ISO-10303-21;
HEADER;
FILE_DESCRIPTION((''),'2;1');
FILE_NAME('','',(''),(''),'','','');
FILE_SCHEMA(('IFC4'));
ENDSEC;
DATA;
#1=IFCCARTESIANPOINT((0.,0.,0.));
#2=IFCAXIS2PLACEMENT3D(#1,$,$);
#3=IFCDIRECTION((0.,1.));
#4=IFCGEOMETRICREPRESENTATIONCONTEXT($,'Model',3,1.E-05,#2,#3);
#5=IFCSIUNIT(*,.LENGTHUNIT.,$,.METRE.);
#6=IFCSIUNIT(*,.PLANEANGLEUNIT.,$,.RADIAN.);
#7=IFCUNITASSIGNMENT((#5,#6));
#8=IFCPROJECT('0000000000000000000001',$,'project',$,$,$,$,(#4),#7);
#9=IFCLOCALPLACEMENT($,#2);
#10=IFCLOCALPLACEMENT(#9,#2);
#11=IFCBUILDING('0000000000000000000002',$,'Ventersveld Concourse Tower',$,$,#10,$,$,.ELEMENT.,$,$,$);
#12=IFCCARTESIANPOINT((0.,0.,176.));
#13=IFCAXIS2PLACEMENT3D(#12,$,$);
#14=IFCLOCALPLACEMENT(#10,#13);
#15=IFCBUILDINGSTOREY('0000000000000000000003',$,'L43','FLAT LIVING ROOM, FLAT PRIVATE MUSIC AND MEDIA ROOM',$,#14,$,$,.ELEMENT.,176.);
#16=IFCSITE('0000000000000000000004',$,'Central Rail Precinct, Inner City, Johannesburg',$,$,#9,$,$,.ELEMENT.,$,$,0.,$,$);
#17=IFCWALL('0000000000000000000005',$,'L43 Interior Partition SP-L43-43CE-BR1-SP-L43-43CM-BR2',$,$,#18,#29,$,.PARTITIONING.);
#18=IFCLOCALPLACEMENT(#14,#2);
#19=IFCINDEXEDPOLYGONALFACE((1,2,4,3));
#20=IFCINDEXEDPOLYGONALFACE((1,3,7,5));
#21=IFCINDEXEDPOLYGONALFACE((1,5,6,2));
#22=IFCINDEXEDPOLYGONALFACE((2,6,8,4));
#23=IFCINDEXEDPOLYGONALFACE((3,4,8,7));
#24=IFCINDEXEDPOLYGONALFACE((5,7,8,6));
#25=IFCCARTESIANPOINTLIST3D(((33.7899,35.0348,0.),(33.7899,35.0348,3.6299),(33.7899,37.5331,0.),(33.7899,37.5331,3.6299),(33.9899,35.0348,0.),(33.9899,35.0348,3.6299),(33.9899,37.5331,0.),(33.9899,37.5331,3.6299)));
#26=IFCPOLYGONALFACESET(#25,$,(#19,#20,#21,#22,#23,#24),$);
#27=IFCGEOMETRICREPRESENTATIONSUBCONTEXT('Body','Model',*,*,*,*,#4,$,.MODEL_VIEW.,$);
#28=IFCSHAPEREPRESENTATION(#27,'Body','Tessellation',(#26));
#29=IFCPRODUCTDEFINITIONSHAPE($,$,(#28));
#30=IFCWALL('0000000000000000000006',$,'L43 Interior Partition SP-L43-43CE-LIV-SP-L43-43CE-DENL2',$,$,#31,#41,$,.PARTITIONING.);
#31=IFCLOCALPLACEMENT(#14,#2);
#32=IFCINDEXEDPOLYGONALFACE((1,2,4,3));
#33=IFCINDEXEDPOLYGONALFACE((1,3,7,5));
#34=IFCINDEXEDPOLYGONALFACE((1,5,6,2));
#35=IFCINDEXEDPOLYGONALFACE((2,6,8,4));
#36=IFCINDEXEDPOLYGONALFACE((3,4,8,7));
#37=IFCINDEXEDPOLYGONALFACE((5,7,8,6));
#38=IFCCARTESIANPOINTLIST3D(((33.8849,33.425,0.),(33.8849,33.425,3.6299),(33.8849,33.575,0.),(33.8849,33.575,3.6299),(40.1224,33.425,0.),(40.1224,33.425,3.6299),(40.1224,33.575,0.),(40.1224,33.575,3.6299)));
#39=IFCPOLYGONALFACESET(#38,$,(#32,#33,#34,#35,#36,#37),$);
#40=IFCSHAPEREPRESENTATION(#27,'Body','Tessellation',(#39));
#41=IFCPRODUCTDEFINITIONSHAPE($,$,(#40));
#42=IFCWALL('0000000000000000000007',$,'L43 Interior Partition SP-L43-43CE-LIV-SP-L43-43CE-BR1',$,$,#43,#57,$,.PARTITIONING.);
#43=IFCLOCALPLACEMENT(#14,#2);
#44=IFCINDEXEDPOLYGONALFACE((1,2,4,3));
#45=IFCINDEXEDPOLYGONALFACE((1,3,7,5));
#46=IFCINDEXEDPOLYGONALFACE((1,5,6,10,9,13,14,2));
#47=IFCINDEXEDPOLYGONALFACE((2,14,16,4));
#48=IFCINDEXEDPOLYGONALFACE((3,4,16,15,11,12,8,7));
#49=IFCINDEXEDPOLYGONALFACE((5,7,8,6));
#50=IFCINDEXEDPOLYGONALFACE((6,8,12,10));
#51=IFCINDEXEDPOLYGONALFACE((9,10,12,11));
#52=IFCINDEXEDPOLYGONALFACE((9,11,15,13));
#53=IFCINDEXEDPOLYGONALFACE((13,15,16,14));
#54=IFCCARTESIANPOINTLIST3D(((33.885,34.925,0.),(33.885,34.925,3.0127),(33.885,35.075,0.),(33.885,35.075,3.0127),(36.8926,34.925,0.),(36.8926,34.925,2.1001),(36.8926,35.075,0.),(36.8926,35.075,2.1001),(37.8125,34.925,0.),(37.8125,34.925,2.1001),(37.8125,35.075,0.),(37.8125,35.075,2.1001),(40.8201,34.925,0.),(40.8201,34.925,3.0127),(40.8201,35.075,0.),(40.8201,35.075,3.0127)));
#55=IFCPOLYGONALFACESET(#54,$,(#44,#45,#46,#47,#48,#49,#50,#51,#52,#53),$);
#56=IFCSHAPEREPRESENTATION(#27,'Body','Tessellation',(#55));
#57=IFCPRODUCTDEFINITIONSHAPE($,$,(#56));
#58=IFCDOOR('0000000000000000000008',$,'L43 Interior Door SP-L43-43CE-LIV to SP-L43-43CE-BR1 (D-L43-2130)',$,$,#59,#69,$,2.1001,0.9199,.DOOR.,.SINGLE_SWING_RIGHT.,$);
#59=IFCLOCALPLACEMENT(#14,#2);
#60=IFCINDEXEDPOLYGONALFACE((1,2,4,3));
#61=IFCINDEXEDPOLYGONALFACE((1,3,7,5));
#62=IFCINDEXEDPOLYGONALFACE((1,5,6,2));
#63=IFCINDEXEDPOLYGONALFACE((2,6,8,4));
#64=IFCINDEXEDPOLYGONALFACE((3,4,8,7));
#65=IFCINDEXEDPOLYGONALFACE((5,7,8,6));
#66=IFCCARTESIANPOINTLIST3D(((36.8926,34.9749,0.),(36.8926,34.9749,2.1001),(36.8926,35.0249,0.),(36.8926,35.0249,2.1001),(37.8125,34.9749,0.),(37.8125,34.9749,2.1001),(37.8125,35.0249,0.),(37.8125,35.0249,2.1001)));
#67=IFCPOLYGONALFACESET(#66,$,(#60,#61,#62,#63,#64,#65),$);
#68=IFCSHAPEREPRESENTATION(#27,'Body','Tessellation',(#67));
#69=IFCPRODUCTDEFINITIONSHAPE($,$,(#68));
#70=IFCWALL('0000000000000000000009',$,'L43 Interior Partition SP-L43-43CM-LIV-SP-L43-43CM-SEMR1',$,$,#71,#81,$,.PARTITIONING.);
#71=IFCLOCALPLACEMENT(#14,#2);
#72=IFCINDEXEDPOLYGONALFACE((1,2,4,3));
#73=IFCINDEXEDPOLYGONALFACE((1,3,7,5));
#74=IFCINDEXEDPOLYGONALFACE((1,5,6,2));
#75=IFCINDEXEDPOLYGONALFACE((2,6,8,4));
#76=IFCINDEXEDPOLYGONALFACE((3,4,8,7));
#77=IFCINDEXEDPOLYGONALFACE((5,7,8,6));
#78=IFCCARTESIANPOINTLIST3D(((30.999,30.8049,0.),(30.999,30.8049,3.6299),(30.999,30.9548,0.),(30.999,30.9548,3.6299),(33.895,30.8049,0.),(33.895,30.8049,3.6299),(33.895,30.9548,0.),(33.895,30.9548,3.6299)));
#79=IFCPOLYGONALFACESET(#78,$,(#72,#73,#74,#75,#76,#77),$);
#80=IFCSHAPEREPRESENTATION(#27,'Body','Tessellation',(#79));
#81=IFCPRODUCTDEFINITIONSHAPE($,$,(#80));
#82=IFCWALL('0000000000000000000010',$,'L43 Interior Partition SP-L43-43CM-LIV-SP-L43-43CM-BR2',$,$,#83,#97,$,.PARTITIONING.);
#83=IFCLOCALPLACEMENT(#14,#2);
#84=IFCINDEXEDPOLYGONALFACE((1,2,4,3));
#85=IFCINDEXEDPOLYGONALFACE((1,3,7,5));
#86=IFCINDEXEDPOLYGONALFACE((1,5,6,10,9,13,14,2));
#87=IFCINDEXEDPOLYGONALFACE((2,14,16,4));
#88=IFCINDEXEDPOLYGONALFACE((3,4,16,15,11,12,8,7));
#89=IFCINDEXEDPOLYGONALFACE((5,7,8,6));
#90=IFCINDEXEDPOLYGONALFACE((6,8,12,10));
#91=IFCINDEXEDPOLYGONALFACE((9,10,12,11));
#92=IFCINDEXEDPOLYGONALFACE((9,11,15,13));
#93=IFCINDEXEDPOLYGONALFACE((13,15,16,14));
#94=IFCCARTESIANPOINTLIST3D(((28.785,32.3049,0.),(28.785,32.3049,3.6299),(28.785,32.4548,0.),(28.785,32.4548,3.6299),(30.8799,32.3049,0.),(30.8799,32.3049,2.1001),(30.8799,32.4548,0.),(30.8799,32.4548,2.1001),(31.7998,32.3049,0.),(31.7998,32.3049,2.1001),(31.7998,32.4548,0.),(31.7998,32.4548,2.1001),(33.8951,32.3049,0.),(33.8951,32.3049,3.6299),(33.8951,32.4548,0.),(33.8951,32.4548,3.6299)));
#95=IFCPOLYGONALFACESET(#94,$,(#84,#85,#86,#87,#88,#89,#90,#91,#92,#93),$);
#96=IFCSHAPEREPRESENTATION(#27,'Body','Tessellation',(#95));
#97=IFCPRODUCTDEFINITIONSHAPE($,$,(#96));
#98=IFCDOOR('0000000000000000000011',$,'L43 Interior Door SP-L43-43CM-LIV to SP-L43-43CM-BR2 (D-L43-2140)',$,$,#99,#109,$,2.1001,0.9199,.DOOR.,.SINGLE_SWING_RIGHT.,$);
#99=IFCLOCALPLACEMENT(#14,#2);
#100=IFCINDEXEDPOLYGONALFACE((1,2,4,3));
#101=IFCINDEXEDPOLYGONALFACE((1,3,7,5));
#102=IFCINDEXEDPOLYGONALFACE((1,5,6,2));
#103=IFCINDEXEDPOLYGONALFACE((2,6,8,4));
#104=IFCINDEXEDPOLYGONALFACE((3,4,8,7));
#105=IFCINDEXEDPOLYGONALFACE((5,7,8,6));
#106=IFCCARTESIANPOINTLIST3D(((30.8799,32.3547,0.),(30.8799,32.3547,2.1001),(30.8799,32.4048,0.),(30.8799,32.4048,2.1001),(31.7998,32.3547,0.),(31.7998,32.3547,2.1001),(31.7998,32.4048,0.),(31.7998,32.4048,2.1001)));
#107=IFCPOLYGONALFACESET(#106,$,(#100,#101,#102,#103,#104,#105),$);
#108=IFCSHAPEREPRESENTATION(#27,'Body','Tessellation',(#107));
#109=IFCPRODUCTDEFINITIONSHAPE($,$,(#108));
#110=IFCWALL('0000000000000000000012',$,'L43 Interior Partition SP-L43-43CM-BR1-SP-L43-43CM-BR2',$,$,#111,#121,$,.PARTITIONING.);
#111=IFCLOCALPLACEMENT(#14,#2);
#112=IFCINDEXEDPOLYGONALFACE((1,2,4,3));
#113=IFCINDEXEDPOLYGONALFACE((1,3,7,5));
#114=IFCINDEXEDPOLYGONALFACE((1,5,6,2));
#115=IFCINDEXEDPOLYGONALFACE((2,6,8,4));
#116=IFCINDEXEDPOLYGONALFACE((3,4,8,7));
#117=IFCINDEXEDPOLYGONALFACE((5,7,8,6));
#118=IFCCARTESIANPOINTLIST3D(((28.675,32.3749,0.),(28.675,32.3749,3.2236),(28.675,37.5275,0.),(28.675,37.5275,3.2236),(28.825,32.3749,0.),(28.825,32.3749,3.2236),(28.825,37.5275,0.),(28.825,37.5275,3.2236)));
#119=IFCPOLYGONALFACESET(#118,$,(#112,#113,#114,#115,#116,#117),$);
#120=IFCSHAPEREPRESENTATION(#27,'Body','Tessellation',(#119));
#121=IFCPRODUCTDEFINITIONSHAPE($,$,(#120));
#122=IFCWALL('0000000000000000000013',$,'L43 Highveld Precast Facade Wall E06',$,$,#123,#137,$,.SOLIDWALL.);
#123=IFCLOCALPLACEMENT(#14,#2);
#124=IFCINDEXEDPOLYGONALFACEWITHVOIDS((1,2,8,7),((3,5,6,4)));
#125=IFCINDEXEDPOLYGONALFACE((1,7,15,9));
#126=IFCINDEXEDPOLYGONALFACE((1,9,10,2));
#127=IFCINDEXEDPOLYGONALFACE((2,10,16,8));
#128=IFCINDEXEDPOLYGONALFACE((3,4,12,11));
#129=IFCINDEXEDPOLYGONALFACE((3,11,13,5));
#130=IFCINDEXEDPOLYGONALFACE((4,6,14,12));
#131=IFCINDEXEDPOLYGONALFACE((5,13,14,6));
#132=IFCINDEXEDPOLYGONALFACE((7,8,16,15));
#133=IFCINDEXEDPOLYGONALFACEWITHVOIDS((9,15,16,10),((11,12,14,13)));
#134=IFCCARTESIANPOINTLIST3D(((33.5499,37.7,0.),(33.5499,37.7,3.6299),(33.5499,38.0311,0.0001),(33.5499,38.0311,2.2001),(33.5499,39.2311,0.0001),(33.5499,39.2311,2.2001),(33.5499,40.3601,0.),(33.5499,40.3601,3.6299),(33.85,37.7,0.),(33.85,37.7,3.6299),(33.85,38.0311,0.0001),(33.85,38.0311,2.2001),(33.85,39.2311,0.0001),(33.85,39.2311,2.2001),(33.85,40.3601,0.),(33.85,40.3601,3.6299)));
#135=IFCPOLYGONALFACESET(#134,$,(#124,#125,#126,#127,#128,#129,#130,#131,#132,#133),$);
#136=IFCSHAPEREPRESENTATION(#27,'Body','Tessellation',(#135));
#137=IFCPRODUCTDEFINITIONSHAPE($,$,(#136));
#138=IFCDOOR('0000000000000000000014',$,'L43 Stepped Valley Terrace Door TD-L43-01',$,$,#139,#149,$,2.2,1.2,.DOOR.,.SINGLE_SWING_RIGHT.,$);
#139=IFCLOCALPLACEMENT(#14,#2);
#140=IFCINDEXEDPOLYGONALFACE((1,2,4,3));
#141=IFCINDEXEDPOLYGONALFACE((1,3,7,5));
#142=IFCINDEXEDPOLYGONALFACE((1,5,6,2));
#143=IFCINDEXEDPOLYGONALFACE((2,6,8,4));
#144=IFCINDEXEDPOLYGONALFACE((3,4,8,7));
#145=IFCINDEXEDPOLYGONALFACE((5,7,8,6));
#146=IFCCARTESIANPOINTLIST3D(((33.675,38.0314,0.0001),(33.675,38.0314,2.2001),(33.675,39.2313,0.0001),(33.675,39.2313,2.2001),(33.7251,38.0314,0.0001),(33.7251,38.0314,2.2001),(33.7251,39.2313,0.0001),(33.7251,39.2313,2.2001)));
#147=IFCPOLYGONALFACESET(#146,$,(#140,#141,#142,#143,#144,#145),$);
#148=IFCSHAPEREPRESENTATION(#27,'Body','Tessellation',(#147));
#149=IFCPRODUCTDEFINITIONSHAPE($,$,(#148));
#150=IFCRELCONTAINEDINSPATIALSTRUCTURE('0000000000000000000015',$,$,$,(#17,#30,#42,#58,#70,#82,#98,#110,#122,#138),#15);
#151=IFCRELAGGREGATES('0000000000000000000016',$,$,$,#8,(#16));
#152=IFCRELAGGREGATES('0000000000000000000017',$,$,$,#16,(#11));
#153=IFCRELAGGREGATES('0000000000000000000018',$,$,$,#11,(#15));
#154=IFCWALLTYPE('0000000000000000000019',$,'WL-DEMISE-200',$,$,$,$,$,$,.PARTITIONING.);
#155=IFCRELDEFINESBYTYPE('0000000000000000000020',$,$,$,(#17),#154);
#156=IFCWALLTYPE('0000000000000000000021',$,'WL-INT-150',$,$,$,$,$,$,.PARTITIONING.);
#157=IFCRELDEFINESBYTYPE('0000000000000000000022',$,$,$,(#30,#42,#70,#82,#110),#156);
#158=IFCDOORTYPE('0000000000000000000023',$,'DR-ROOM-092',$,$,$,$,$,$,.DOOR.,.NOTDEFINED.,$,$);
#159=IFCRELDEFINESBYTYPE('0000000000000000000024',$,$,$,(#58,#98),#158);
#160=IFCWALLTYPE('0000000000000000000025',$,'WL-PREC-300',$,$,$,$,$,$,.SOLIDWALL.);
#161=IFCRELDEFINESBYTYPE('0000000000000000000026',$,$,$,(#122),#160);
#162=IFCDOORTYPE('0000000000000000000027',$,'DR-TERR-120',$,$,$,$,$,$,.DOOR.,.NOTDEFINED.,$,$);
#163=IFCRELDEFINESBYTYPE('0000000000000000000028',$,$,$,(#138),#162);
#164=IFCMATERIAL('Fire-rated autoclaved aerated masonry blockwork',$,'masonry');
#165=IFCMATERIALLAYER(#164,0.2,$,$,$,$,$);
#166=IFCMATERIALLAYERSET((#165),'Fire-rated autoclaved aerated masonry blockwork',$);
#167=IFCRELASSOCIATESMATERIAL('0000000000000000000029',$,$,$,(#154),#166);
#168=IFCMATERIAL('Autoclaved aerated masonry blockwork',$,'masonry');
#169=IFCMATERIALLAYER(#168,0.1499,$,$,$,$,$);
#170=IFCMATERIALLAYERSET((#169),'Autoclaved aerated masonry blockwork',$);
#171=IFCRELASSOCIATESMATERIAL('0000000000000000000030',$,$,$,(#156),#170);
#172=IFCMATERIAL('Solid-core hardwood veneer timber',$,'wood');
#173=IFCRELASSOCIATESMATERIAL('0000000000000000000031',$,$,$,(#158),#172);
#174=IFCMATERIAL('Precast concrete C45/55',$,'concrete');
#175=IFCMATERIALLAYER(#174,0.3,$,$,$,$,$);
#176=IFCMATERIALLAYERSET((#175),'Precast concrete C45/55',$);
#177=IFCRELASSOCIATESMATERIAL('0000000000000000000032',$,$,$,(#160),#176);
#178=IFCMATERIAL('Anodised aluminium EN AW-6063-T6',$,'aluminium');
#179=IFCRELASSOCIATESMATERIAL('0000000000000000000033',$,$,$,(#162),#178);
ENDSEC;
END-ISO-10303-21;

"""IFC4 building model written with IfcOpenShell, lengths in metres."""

from ifc_helpers import new_model, si_unit, direction, frame, frame_2d, origin, place, context, subcontext, project, spatial, rectangle, extrude, material, layer, layer_set, type_object, element, fill, save


model = new_model("IFC4")

# Units and contexts
model_context = context("Model", 3, precision=1e-05, world=origin(), true_north=direction((0.0, 1.0)))
body_context = subcontext(model_context, "Body", "Model", "MODEL_VIEW")
ifc_project = project(units=[si_unit("LENGTHUNIT", "METRE"), si_unit("PLANEANGLEUNIT", "RADIAN")], contexts=[model_context])

# Site, building, storey
site_placement = place(None, origin())
site = spatial("IfcSite", under=ifc_project, at=site_placement, Name="Central Rail Precinct, Inner City, Johannesburg", CompositionType="ELEMENT", RefElevation=0.0)
building_placement = place(site_placement, origin())
building = spatial("IfcBuilding", under=site, at=building_placement, Name="Ventersveld Concourse Tower", CompositionType="ELEMENT")
storey_placement = place(building_placement, frame((0.0, 0.0, 176.0)))
storey = spatial("IfcBuildingStorey", under=building, at=storey_placement, Name="L43", Description="FLAT LIVING ROOM, FLAT PRIVATE MUSIC AND MEDIA ROOM", CompositionType="ELEMENT", Elevation=176.0)

# Walls
ifc_material_1 = material(Name="Fire-rated autoclaved aerated masonry blockwork", Category="masonry")
ifc_layer_1 = layer(ifc_material_1, 0.2)
ifc_layer_set_1 = layer_set([ifc_layer_1], Name="Fire-rated autoclaved aerated masonry blockwork")
wall_type_1 = type_object("IfcWallType", Name="WL-DEMISE-200", PredefinedType="PARTITIONING", material=ifc_layer_set_1)
wall_1_placement = place(storey_placement, frame((33.8899, 35.0349, 0.0), z_axis=(0.0, 0.0, 1.0), x_axis=(0.0, 1.0, 0.0)))
element("IfcWall", 1, at=wall_1_placement, inside=storey, type_object=wall_type_1, Name="L43 Interior Partition SP-L43-43CE-BR1-SP-L43-43CM-BR2", PredefinedType="PARTITIONING", context=body_context, shape_type="SweptSolid", body=[
    extrude(rectangle(XDim=2.4983, YDim=0.2, at=frame_2d((1.249, 0.0))), origin(), (0.0, 0.0, 1.0), 3.6299),
])
ifc_material_2 = material(Name="Autoclaved aerated masonry blockwork", Category="masonry")
ifc_layer_2 = layer(ifc_material_2, 0.1499)
ifc_layer_set_2 = layer_set([ifc_layer_2], Name="Autoclaved aerated masonry blockwork")
wall_type_2 = type_object("IfcWallType", Name="WL-INT-150", PredefinedType="PARTITIONING", material=ifc_layer_set_2)
wall_2_placement = place(storey_placement, frame((33.885, 33.5, 0.0), z_axis=(0.0, 0.0, 1.0), x_axis=(1.0, 0.0, 0.0)))
element("IfcWall", 2, at=wall_2_placement, inside=storey, type_object=wall_type_2, Name="L43 Interior Partition SP-L43-43CE-LIV-SP-L43-43CE-DENL2", PredefinedType="PARTITIONING", context=body_context, shape_type="SweptSolid", body=[
    extrude(rectangle(XDim=6.2375, YDim=0.1499, at=frame_2d((3.1187, 0.0))), origin(), (0.0, 0.0, 1.0), 3.6299),
])

# Wall, opening, door
wall_3_placement = place(storey_placement, frame((33.885, 35.0, 0.0), z_axis=(0.0, 0.0, 1.0), x_axis=(1.0, 0.0, 0.0)))
wall_3 = element("IfcWall", 3, at=wall_3_placement, inside=storey, type_object=wall_type_2, Name="L43 Interior Partition SP-L43-43CE-LIV-SP-L43-43CE-BR1", PredefinedType="PARTITIONING", context=body_context, shape_type="SweptSolid", body=[
    extrude(rectangle(XDim=6.9351, YDim=0.1499, at=frame_2d((3.4675, 0.0))), origin(), (0.0, 0.0, 1.0), 3.0127),
])
opening_1_placement = place(wall_3_placement, frame((3.0076, 0.0, 0.0)))
opening_1 = element("IfcOpeningElement", 4, at=opening_1_placement, cuts=wall_3, PredefinedType="OPENING", context=body_context, shape_type="SweptSolid", body=[
    extrude(rectangle(XDim=0.9199, YDim=2.1001, at=frame_2d((0.46, 1.05))), frame((0.0, 0.085, 0.0), z_axis=(0.0, -1.0, 0.0), x_axis=(1.0, 0.0, 0.0)), (0.0, 0.0, 1.0), 0.1699),
])
ifc_material_3 = material(Name="Solid-core hardwood veneer timber", Category="wood")
door_type_1 = type_object("IfcDoorType", Name="DR-ROOM-092", OperationType="NOTDEFINED", PredefinedType="DOOR", material=ifc_material_3)
door_1_placement = place(opening_1_placement, origin())
door_1 = element("IfcDoor", 5, at=door_1_placement, inside=storey, type_object=door_type_1, Name="L43 Interior Door SP-L43-43CE-LIV to SP-L43-43CE-BR1 (D-L43-2130)", OperationType="SINGLE_SWING_RIGHT", OverallHeight=2.1001, OverallWidth=0.9199, PredefinedType="DOOR", context=body_context, shape_type="SweptSolid", body=[
    extrude(rectangle(XDim=0.9199, YDim=2.1001, at=frame_2d((0.46, 1.05))), frame((0.0, 0.0249, 0.0), z_axis=(0.0, -1.0, 0.0), x_axis=(1.0, 0.0, 0.0)), (0.0, 0.0, 1.0), 0.05),
])
fill(opening_1, door_1)

# Wall
wall_4_placement = place(storey_placement, frame((30.999, 30.8799, 0.0), z_axis=(0.0, 0.0, 1.0), x_axis=(1.0, 0.0, 0.0)))
element("IfcWall", 6, at=wall_4_placement, inside=storey, type_object=wall_type_2, Name="L43 Interior Partition SP-L43-43CM-LIV-SP-L43-43CM-SEMR1", PredefinedType="PARTITIONING", context=body_context, shape_type="SweptSolid", body=[
    extrude(rectangle(XDim=2.896, YDim=0.1499, at=frame_2d((1.448, 0.0))), origin(), (0.0, 0.0, 1.0), 3.6299),
])

# Wall, opening, door
wall_5_placement = place(storey_placement, frame((28.7849, 32.3799, 0.0), z_axis=(0.0, 0.0, 1.0), x_axis=(1.0, 0.0, 0.0)))
wall_5 = element("IfcWall", 7, at=wall_5_placement, inside=storey, type_object=wall_type_2, Name="L43 Interior Partition SP-L43-43CM-LIV-SP-L43-43CM-BR2", PredefinedType="PARTITIONING", context=body_context, shape_type="SweptSolid", body=[
    extrude(rectangle(XDim=5.1101, YDim=0.1499, at=frame_2d((2.5552, 0.0))), origin(), (0.0, 0.0, 1.0), 3.6299),
])
opening_2_placement = place(wall_5_placement, frame((2.095, 0.0, 0.0)))
opening_2 = element("IfcOpeningElement", 8, at=opening_2_placement, cuts=wall_5, PredefinedType="OPENING", context=body_context, shape_type="SweptSolid", body=[
    extrude(rectangle(XDim=0.9199, YDim=2.1001, at=frame_2d((0.46, 1.05))), frame((0.0, 0.085, 0.0), z_axis=(0.0, -1.0, 0.0), x_axis=(1.0, 0.0, 0.0)), (0.0, 0.0, 1.0), 0.1699),
])
door_2_placement = place(opening_2_placement, origin())
door_2 = element("IfcDoor", 9, at=door_2_placement, inside=storey, type_object=door_type_1, Name="L43 Interior Door SP-L43-43CM-LIV to SP-L43-43CM-BR2 (D-L43-2140)", OperationType="SINGLE_SWING_RIGHT", OverallHeight=2.1001, OverallWidth=0.9199, PredefinedType="DOOR", context=body_context, shape_type="SweptSolid", body=[
    extrude(rectangle(XDim=0.9199, YDim=2.1001, at=frame_2d((0.46, 1.05))), frame((0.0, 0.0249, 0.0), z_axis=(0.0, -1.0, 0.0), x_axis=(1.0, 0.0, 0.0)), (0.0, 0.0, 1.0), 0.05),
])
fill(opening_2, door_2)

# Wall
wall_6_placement = place(storey_placement, frame((28.75, 32.375, 0.0), z_axis=(0.0, 0.0, 1.0), x_axis=(0.0, 1.0, 0.0)))
element("IfcWall", 10, at=wall_6_placement, inside=storey, type_object=wall_type_2, Name="L43 Interior Partition SP-L43-43CM-BR1-SP-L43-43CM-BR2", PredefinedType="PARTITIONING", context=body_context, shape_type="SweptSolid", body=[
    extrude(rectangle(XDim=5.1526, YDim=0.1499, at=frame_2d((2.5762, 0.0))), origin(), (0.0, 0.0, 1.0), 3.2236),
])

# Wall, opening, door
ifc_material_4 = material(Name="Precast concrete C45/55", Category="concrete")
ifc_layer_3 = layer(ifc_material_4, 0.3)
ifc_layer_set_3 = layer_set([ifc_layer_3], Name="Precast concrete C45/55")
wall_type_3 = type_object("IfcWallType", Name="WL-PREC-300", PredefinedType="SOLIDWALL", material=ifc_layer_set_3)
wall_7_placement = place(storey_placement, frame((33.7, 40.3601, 0.0), z_axis=(0.0, 0.0, 1.0), x_axis=(0.0, -1.0, 0.0)))
wall_7 = element("IfcWall", 11, at=wall_7_placement, inside=storey, type_object=wall_type_3, Name="L43 Highveld Precast Facade Wall E06", PredefinedType="SOLIDWALL", context=body_context, shape_type="SweptSolid", body=[
    extrude(rectangle(XDim=2.6602, YDim=0.3, at=frame_2d((1.3301, 0.0))), origin(), (0.0, 0.0, 1.0), 3.6299),
])
opening_3_placement = place(wall_7_placement, frame((1.1289, 0.0, 0.0)))
opening_3 = element("IfcOpeningElement", 12, at=opening_3_placement, cuts=wall_7, PredefinedType="OPENING", context=body_context, shape_type="SweptSolid", body=[
    extrude(rectangle(XDim=1.2, YDim=2.2, at=frame_2d((0.6001, 1.1001))), frame((0.0, 0.1602, 0.0), z_axis=(0.0, -1.0, 0.0), x_axis=(1.0, 0.0, 0.0)), (0.0, 0.0, 1.0), 0.3201),
])
ifc_material_5 = material(Name="Anodised aluminium EN AW-6063-T6", Category="aluminium")
door_type_2 = type_object("IfcDoorType", Name="DR-TERR-120", OperationType="NOTDEFINED", PredefinedType="DOOR", material=ifc_material_5)
door_3_placement = place(opening_3_placement, frame((1.2, 0.0, 0.0), z_axis=(0.0, 0.0, 1.0), x_axis=(-1.0, 0.0, 0.0)))
door_3 = element("IfcDoor", 13, at=door_3_placement, inside=storey, type_object=door_type_2, Name="L43 Stepped Valley Terrace Door TD-L43-01", OperationType="SINGLE_SWING_RIGHT", OverallHeight=2.2, OverallWidth=1.2, PredefinedType="DOOR", context=body_context, shape_type="SweptSolid", body=[
    extrude(rectangle(XDim=1.2, YDim=2.2, at=frame_2d((0.6001, 1.1001))), frame((0.0, 0.0249, 0.0), z_axis=(0.0, -1.0, 0.0), x_axis=(1.0, 0.0, 0.0)), (0.0, 0.0, 1.0), 0.05),
])
fill(opening_3, door_3)

save(model, "model.ifc")
